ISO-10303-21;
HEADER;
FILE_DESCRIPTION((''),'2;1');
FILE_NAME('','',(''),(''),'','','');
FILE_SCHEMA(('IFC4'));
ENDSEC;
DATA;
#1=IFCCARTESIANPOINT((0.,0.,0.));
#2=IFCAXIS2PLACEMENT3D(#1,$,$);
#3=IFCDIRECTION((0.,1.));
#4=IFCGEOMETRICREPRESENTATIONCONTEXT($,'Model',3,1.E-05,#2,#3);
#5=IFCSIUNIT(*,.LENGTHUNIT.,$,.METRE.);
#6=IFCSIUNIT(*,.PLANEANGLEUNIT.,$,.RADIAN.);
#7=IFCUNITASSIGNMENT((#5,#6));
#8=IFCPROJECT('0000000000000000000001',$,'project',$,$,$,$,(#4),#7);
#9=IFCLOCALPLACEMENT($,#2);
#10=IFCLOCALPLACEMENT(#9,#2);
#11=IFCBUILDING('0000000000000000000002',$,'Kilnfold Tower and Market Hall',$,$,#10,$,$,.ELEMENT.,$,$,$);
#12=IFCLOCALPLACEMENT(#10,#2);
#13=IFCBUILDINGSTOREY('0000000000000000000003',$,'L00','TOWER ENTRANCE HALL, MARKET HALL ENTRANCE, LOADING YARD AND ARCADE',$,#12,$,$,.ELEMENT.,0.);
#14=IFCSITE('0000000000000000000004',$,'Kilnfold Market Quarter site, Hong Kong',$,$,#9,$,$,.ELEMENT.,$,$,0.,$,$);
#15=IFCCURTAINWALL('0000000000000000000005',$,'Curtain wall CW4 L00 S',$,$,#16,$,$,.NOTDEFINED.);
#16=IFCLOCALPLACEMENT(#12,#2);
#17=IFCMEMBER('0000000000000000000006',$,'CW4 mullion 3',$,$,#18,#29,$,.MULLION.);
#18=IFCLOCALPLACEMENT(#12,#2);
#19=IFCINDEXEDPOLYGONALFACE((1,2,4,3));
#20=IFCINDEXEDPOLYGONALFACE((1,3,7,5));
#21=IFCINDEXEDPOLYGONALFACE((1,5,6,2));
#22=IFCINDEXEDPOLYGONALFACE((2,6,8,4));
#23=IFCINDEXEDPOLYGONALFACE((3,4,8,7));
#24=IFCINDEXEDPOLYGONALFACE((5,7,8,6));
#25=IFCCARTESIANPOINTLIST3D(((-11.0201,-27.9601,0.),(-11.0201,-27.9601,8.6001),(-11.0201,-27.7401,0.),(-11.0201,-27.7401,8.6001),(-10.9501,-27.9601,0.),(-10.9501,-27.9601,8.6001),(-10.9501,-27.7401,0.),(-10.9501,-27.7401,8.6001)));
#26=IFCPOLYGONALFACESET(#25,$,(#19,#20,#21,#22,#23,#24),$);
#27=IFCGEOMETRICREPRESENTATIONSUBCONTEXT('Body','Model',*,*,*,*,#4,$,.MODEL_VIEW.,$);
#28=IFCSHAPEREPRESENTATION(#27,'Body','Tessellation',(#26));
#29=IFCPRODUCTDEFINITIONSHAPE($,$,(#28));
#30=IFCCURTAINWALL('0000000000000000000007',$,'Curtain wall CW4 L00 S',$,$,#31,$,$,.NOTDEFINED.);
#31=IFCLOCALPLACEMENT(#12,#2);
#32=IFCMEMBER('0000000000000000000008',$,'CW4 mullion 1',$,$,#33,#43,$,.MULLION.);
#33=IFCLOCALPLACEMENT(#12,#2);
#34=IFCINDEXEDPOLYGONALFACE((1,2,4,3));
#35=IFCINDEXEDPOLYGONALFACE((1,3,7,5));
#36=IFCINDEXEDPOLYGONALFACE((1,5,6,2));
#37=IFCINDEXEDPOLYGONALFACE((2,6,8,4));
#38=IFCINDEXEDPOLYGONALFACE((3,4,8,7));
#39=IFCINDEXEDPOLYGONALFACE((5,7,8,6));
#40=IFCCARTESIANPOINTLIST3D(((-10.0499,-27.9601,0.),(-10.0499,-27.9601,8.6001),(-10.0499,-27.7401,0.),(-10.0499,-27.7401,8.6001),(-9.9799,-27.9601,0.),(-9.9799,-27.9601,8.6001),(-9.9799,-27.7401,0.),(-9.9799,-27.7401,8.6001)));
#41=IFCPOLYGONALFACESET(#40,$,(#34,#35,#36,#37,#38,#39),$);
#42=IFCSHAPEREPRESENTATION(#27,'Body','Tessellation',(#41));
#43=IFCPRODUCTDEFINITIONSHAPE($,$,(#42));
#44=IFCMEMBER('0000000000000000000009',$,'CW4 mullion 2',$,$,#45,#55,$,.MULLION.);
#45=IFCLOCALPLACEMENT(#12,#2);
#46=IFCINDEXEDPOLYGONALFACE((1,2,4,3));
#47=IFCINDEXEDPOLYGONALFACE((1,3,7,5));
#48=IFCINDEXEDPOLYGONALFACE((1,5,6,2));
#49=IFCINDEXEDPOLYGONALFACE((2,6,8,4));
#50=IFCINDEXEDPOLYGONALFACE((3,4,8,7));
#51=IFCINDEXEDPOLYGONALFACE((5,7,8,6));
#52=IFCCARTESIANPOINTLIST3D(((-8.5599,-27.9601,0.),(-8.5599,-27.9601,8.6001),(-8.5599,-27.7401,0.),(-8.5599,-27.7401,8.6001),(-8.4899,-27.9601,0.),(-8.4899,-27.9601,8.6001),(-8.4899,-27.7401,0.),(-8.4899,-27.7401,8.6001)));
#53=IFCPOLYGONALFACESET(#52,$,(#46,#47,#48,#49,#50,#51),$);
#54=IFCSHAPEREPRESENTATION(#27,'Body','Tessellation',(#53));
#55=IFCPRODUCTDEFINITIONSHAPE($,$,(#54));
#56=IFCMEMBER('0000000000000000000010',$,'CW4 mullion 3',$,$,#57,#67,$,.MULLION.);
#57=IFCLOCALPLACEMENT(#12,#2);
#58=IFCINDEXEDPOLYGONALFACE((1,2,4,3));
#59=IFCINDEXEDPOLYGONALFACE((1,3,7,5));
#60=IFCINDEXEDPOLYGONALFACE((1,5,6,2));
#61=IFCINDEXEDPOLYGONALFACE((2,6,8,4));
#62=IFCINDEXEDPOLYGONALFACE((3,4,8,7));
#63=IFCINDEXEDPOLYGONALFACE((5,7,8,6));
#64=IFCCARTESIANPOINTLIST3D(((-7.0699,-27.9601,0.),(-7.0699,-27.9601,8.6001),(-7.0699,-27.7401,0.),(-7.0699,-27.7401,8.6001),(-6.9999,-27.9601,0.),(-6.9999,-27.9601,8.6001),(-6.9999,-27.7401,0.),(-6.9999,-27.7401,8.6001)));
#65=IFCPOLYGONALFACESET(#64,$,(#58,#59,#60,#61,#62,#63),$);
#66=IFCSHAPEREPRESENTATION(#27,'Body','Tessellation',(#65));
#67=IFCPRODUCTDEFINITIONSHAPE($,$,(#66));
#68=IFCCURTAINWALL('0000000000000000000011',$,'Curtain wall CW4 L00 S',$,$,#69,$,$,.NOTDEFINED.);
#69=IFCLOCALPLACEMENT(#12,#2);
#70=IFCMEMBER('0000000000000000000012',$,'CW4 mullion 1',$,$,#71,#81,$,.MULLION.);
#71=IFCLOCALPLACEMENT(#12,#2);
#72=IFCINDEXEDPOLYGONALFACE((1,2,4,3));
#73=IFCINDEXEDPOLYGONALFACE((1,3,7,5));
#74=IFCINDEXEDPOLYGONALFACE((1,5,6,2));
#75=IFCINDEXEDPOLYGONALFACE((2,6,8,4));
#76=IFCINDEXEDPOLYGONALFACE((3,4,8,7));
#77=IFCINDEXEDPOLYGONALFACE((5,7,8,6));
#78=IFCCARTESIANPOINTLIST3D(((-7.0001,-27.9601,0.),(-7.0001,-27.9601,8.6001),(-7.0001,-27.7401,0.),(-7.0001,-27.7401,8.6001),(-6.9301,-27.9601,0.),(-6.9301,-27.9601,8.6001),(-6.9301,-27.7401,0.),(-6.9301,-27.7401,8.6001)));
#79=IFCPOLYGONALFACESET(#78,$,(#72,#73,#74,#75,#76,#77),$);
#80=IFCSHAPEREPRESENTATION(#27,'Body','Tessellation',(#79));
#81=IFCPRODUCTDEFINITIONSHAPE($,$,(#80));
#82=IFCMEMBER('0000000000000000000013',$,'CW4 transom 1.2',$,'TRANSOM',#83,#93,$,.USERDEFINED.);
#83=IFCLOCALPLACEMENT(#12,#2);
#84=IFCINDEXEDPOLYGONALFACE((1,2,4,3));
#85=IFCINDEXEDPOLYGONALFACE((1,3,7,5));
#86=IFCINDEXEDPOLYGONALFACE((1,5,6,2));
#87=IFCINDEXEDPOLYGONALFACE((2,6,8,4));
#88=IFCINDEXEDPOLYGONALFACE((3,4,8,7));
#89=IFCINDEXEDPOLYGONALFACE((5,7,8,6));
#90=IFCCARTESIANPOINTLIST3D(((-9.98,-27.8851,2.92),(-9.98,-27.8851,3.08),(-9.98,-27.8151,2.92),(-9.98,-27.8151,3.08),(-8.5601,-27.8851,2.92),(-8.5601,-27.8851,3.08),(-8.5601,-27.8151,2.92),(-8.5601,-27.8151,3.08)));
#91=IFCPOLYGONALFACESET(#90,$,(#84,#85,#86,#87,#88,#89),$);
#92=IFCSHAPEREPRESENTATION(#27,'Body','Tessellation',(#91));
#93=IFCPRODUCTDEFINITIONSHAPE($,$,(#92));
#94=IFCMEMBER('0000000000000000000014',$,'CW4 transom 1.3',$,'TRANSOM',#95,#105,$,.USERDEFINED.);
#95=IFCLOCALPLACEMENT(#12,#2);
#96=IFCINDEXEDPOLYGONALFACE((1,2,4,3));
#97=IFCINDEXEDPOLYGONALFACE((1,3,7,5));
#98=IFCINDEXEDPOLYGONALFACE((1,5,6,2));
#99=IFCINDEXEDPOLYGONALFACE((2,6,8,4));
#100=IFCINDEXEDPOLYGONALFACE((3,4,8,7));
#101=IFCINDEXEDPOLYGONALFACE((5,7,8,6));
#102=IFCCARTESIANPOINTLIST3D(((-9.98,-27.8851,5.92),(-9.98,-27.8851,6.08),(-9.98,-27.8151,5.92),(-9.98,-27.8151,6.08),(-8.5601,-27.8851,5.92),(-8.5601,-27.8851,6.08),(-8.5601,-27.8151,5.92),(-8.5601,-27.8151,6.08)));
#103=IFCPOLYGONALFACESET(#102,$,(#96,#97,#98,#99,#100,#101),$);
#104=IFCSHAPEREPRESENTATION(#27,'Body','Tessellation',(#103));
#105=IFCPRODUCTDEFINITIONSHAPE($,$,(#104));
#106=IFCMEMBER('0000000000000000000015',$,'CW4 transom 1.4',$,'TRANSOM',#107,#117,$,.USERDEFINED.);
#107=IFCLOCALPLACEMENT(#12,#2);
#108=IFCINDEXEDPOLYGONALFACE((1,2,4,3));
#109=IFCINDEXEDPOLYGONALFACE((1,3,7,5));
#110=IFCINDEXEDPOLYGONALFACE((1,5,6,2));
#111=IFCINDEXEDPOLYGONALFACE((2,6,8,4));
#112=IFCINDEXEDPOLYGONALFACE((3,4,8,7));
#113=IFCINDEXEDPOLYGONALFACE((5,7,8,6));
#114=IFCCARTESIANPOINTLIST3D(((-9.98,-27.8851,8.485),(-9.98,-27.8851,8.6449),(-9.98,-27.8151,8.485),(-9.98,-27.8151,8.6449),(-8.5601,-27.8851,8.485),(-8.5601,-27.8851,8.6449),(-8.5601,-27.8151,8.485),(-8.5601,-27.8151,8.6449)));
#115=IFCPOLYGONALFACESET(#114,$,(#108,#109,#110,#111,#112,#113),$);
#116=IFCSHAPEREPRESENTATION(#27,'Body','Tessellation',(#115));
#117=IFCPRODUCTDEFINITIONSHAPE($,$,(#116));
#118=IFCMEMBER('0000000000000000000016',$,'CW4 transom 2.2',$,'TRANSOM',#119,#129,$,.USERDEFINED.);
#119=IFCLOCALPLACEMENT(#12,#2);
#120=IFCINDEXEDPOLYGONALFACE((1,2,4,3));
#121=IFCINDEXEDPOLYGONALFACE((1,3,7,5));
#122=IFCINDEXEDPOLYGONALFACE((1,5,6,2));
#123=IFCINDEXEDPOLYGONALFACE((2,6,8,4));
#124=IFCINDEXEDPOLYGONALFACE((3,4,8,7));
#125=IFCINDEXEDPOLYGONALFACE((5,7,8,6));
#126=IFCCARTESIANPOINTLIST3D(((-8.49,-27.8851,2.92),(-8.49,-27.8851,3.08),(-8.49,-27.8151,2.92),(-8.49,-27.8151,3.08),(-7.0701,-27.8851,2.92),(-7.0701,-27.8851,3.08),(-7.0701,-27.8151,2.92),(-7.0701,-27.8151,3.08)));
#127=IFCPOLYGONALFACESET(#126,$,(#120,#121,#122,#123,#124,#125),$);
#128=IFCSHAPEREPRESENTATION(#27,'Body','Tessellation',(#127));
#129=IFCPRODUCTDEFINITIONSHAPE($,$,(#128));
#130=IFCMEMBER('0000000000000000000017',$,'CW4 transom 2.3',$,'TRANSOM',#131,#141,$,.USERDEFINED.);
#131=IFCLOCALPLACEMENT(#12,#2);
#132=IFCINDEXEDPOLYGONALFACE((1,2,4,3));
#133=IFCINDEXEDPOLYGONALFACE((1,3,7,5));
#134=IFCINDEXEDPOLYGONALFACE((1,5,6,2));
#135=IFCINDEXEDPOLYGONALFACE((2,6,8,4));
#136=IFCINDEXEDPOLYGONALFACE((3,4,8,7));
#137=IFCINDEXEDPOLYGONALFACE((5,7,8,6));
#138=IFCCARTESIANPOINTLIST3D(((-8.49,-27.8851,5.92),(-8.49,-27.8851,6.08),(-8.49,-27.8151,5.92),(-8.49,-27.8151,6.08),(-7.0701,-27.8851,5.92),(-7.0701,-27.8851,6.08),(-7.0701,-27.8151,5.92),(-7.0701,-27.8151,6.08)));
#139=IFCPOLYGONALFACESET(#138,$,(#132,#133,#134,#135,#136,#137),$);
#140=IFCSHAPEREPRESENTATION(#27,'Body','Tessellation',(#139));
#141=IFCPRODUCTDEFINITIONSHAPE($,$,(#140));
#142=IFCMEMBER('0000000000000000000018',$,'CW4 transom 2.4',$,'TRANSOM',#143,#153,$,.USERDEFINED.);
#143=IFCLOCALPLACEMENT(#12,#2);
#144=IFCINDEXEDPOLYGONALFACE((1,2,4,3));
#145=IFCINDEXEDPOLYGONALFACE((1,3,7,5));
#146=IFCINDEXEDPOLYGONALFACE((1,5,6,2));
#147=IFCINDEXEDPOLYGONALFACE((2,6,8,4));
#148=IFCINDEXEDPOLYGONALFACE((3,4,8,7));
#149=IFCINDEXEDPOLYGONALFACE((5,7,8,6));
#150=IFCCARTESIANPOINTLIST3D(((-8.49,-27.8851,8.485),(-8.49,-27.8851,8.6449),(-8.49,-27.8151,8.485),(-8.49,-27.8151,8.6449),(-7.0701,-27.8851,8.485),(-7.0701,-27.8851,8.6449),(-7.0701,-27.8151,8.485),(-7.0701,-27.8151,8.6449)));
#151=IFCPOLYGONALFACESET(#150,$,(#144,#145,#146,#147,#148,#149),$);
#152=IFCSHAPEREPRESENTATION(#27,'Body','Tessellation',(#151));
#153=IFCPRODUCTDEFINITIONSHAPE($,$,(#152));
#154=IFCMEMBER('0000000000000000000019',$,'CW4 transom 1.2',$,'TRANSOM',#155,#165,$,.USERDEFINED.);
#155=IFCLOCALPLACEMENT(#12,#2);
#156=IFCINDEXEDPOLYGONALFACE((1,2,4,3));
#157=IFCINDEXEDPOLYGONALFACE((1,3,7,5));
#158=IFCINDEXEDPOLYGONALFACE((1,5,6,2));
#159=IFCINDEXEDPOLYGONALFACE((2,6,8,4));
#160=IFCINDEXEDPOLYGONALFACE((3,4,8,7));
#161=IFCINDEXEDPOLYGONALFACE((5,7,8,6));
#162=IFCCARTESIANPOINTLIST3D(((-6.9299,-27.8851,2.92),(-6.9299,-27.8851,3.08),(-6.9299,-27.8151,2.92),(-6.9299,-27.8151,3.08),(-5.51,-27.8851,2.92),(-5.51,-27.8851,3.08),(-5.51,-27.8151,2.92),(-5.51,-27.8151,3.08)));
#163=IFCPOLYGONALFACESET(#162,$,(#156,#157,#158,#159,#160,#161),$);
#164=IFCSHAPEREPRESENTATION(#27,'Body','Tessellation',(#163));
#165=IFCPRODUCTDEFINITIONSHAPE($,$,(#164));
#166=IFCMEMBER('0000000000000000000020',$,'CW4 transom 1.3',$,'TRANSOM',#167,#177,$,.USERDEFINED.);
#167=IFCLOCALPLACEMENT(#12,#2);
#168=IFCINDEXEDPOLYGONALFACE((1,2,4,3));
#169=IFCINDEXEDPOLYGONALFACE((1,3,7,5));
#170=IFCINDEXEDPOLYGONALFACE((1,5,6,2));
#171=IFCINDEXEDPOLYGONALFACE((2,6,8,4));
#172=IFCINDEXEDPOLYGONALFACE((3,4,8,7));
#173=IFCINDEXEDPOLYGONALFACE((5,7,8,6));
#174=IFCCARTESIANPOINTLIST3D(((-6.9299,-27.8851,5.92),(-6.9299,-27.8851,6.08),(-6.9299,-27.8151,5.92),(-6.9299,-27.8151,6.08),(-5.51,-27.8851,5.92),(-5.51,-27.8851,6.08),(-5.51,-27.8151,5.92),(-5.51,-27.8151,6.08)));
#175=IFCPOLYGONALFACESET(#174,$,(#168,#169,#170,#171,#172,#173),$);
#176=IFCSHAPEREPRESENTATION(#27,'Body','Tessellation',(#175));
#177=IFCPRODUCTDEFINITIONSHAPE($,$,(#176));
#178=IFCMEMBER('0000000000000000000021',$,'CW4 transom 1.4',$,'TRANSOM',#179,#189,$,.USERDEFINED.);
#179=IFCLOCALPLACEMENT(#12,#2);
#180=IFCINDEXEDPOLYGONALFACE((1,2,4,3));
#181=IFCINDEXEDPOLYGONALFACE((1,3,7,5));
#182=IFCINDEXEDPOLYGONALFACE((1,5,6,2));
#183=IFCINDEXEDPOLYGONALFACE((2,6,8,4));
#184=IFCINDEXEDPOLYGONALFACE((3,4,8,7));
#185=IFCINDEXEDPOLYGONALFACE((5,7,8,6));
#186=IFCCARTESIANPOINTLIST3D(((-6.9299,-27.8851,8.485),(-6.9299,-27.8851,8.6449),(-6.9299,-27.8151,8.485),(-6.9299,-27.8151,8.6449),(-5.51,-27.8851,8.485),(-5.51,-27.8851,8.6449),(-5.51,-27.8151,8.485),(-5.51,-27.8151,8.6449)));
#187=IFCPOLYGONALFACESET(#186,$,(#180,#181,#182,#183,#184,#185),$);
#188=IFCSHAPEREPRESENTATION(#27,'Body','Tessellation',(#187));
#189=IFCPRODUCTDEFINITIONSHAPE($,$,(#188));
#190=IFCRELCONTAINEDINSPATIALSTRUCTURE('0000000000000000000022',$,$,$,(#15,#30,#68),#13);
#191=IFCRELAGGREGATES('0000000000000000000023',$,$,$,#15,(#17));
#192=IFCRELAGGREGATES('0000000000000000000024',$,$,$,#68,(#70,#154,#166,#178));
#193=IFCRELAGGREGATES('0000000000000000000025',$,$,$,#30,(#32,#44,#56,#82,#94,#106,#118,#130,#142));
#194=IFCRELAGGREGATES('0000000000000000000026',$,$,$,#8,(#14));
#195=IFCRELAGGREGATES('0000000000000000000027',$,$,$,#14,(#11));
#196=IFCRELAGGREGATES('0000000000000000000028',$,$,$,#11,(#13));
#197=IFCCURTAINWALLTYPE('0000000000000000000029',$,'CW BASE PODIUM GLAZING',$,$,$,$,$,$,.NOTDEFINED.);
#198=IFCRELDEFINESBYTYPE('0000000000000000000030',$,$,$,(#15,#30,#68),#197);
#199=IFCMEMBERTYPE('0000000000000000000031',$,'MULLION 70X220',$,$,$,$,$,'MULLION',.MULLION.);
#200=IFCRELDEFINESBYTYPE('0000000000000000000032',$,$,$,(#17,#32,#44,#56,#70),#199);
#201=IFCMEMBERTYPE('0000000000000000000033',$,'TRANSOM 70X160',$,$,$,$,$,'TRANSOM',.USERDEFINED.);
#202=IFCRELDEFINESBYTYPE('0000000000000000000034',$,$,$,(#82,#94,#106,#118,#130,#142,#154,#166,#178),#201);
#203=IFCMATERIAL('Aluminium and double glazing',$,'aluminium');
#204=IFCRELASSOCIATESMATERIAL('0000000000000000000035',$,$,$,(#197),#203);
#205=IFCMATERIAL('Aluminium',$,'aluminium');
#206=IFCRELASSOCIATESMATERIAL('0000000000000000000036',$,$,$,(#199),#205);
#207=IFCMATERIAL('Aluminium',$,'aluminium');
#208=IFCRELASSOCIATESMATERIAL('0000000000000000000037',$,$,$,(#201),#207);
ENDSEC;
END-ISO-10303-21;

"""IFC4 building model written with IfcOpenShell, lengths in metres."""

from ifc_helpers import new_model, si_unit, direction, frame, origin, origin_2d, place, context, subcontext, project, spatial, rectangle, extrude, source, transform, mapped, material, material_profile, profile_set, type_object, element, aggregate, save


model = new_model("IFC4")

# Units and contexts
model_context = context("Model", 3, precision=1e-05, world=origin(), true_north=direction((0.0, 1.0)))
body_context = subcontext(model_context, "Body", "Model", "MODEL_VIEW")
ifc_project = project(units=[si_unit("LENGTHUNIT", "METRE"), si_unit("PLANEANGLEUNIT", "RADIAN")], contexts=[model_context])

# Site, building, storey
site_placement = place(None, origin())
site = spatial("IfcSite", under=ifc_project, at=site_placement, Name="Kilnfold Market Quarter site, Hong Kong", CompositionType="ELEMENT", RefElevation=0.0)
building_placement = place(site_placement, origin())
building = spatial("IfcBuilding", under=site, at=building_placement, Name="Kilnfold Tower and Market Hall", CompositionType="ELEMENT")
storey_placement = place(building_placement, origin())
storey = spatial("IfcBuildingStorey", under=building, at=storey_placement, Name="L00", Description="TOWER ENTRANCE HALL, MARKET HALL ENTRANCE, LOADING YARD AND ARCADE", CompositionType="ELEMENT", Elevation=0.0)

# Curtain wall, member
ifc_material_1 = material(Name="Aluminium and double glazing", Category="aluminium")
curtain_wall_type = type_object("IfcCurtainWallType", Name="CW BASE PODIUM GLAZING", PredefinedType="NOTDEFINED", material=ifc_material_1)
curtain_wall_1_placement = place(storey_placement, origin())
curtain_wall_1 = element("IfcCurtainWall", 1, at=curtain_wall_1_placement, inside=storey, type_object=curtain_wall_type, Name="Curtain wall CW4 L00 S", PredefinedType="NOTDEFINED")
ifc_material_2 = material(Name="Aluminium", Category="aluminium")
ifc_material_profile_1 = material_profile(ifc_material_2, rectangle(XDim=0.0701, YDim=0.22, at=origin_2d()), Name="MULLION 70x220")
ifc_profile_set_1 = profile_set([ifc_material_profile_1], Name="Aluminium")
member_type_1 = type_object("IfcMemberType", Name="MULLION 70X220", ElementType="MULLION", PredefinedType="MULLION", material=ifc_profile_set_1)
shared_shape_1 = source(origin(), body_context, "Body", "SweptSolid", [
    extrude(rectangle(XDim=0.0701, YDim=0.22, at=origin_2d()), origin(), (0.0, 0.0, 1.0), 8.6001),
])
member_1_placement = place(storey_placement, frame((-10.9851, -27.8501, 0.0), z_axis=(0.0, 0.0, 1.0), x_axis=(1.0, 0.0, 0.0)))
member_1 = element("IfcMember", 2, at=member_1_placement, type_object=member_type_1, Name="CW4 mullion 3", PredefinedType="MULLION", context=body_context, shape_type="MappedRepresentation", body=[
    mapped(shared_shape_1, transform((0.0, 0.0, 0.0))),
])
aggregate(curtain_wall_1, [member_1])

# Curtain wall, members
curtain_wall_2_placement = place(storey_placement, origin())
curtain_wall_2 = element("IfcCurtainWall", 3, at=curtain_wall_2_placement, inside=storey, type_object=curtain_wall_type, Name="Curtain wall CW4 L00 S", PredefinedType="NOTDEFINED")
member_2_placement = place(storey_placement, frame((-10.0149, -27.8501, 0.0), z_axis=(0.0, 0.0, 1.0), x_axis=(1.0, 0.0, 0.0)))
member_2 = element("IfcMember", 4, at=member_2_placement, type_object=member_type_1, Name="CW4 mullion 1", PredefinedType="MULLION", context=body_context, shape_type="MappedRepresentation", body=[
    mapped(shared_shape_1, transform((0.0, 0.0, 0.0))),
])
member_3_placement = place(storey_placement, frame((-8.5249, -27.8501, 0.0), z_axis=(0.0, 0.0, 1.0), x_axis=(1.0, 0.0, 0.0)))
member_3 = element("IfcMember", 5, at=member_3_placement, type_object=member_type_1, Name="CW4 mullion 2", PredefinedType="MULLION", context=body_context, shape_type="MappedRepresentation", body=[
    mapped(shared_shape_1, transform((0.0, 0.0, 0.0))),
])
member_4_placement = place(storey_placement, frame((-7.0349, -27.8501, 0.0), z_axis=(0.0, 0.0, 1.0), x_axis=(1.0, 0.0, 0.0)))
member_4 = element("IfcMember", 6, at=member_4_placement, type_object=member_type_1, Name="CW4 mullion 3", PredefinedType="MULLION", context=body_context, shape_type="MappedRepresentation", body=[
    mapped(shared_shape_1, transform((0.0, 0.0, 0.0))),
])

# Curtain wall, member
curtain_wall_3_placement = place(storey_placement, origin())
curtain_wall_3 = element("IfcCurtainWall", 7, at=curtain_wall_3_placement, inside=storey, type_object=curtain_wall_type, Name="Curtain wall CW4 L00 S", PredefinedType="NOTDEFINED")
member_5_placement = place(storey_placement, frame((-6.9651, -27.8501, 0.0), z_axis=(0.0, 0.0, 1.0), x_axis=(1.0, 0.0, 0.0)))
member_5 = element("IfcMember", 8, at=member_5_placement, type_object=member_type_1, Name="CW4 mullion 1", PredefinedType="MULLION", context=body_context, shape_type="MappedRepresentation", body=[
    mapped(shared_shape_1, transform((0.0, 0.0, 0.0))),
])

# Members
ifc_material_3 = material(Name="Aluminium", Category="aluminium")
ifc_material_profile_2 = material_profile(ifc_material_3, rectangle(XDim=0.0701, YDim=0.1599, at=origin_2d()), Name="TRANSOM 70x160")
ifc_profile_set_2 = profile_set([ifc_material_profile_2], Name="Aluminium")
member_type_2 = type_object("IfcMemberType", Name="TRANSOM 70X160", ElementType="TRANSOM", PredefinedType="USERDEFINED", material=ifc_profile_set_2)
shared_shape_2 = source(origin(), body_context, "Body", "SweptSolid", [
    extrude(rectangle(XDim=0.0701, YDim=0.1599, at=origin_2d()), origin(), (0.0, 0.0, 1.0), 1.4199),
])
member_6_placement = place(storey_placement, frame((-9.98, -27.8501, 3.0), z_axis=(1.0, 0.0, 0.0), x_axis=(0.0, 1.0, 0.0)))
member_6 = element("IfcMember", 9, at=member_6_placement, type_object=member_type_2, Name="CW4 transom 1.2", ObjectType="TRANSOM", PredefinedType="USERDEFINED", context=body_context, shape_type="MappedRepresentation", body=[
    mapped(shared_shape_2, transform((0.0, 0.0, 0.0))),
])
member_7_placement = place(storey_placement, frame((-9.98, -27.8501, 6.0), z_axis=(1.0, 0.0, 0.0), x_axis=(0.0, 1.0, 0.0)))
member_7 = element("IfcMember", 10, at=member_7_placement, type_object=member_type_2, Name="CW4 transom 1.3", ObjectType="TRANSOM", PredefinedType="USERDEFINED", context=body_context, shape_type="MappedRepresentation", body=[
    mapped(shared_shape_2, transform((0.0, 0.0, 0.0))),
])
member_8_placement = place(storey_placement, frame((-9.98, -27.8501, 8.5649), z_axis=(1.0, 0.0, 0.0), x_axis=(0.0, 1.0, 0.0)))
member_8 = element("IfcMember", 11, at=member_8_placement, type_object=member_type_2, Name="CW4 transom 1.4", ObjectType="TRANSOM", PredefinedType="USERDEFINED", context=body_context, shape_type="MappedRepresentation", body=[
    mapped(shared_shape_2, transform((0.0, 0.0, 0.0))),
])
member_9_placement = place(storey_placement, frame((-8.49, -27.8501, 3.0), z_axis=(1.0, 0.0, 0.0), x_axis=(0.0, 1.0, 0.0)))
member_9 = element("IfcMember", 12, at=member_9_placement, type_object=member_type_2, Name="CW4 transom 2.2", ObjectType="TRANSOM", PredefinedType="USERDEFINED", context=body_context, shape_type="MappedRepresentation", body=[
    mapped(shared_shape_2, transform((0.0, 0.0, 0.0))),
])
member_10_placement = place(storey_placement, frame((-8.49, -27.8501, 6.0), z_axis=(1.0, 0.0, 0.0), x_axis=(0.0, 1.0, 0.0)))
member_10 = element("IfcMember", 13, at=member_10_placement, type_object=member_type_2, Name="CW4 transom 2.3", ObjectType="TRANSOM", PredefinedType="USERDEFINED", context=body_context, shape_type="MappedRepresentation", body=[
    mapped(shared_shape_2, transform((0.0, 0.0, 0.0))),
])
member_11_placement = place(storey_placement, frame((-8.49, -27.8501, 8.5649), z_axis=(1.0, 0.0, 0.0), x_axis=(0.0, 1.0, 0.0)))
member_11 = element("IfcMember", 14, at=member_11_placement, type_object=member_type_2, Name="CW4 transom 2.4", ObjectType="TRANSOM", PredefinedType="USERDEFINED", context=body_context, shape_type="MappedRepresentation", body=[
    mapped(shared_shape_2, transform((0.0, 0.0, 0.0))),
])
member_12_placement = place(storey_placement, frame((-6.9299, -27.8501, 3.0), z_axis=(1.0, 0.0, 0.0), x_axis=(0.0, 1.0, 0.0)))
member_12 = element("IfcMember", 15, at=member_12_placement, type_object=member_type_2, Name="CW4 transom 1.2", ObjectType="TRANSOM", PredefinedType="USERDEFINED", context=body_context, shape_type="MappedRepresentation", body=[
    mapped(shared_shape_2, transform((0.0, 0.0, 0.0))),
])
member_13_placement = place(storey_placement, frame((-6.9299, -27.8501, 6.0), z_axis=(1.0, 0.0, 0.0), x_axis=(0.0, 1.0, 0.0)))
member_13 = element("IfcMember", 16, at=member_13_placement, type_object=member_type_2, Name="CW4 transom 1.3", ObjectType="TRANSOM", PredefinedType="USERDEFINED", context=body_context, shape_type="MappedRepresentation", body=[
    mapped(shared_shape_2, transform((0.0, 0.0, 0.0))),
])
member_14_placement = place(storey_placement, frame((-6.9299, -27.8501, 8.5649), z_axis=(1.0, 0.0, 0.0), x_axis=(0.0, 1.0, 0.0)))
member_14 = element("IfcMember", 17, at=member_14_placement, type_object=member_type_2, Name="CW4 transom 1.4", ObjectType="TRANSOM", PredefinedType="USERDEFINED", context=body_context, shape_type="MappedRepresentation", body=[
    mapped(shared_shape_2, transform((0.0, 0.0, 0.0))),
])

aggregate(curtain_wall_3, [member_5, member_12, member_13, member_14])
aggregate(curtain_wall_2, [member_2, member_3, member_4, member_6, member_7, member_8, member_9, member_10, member_11])

save(model, "model.ifc")
